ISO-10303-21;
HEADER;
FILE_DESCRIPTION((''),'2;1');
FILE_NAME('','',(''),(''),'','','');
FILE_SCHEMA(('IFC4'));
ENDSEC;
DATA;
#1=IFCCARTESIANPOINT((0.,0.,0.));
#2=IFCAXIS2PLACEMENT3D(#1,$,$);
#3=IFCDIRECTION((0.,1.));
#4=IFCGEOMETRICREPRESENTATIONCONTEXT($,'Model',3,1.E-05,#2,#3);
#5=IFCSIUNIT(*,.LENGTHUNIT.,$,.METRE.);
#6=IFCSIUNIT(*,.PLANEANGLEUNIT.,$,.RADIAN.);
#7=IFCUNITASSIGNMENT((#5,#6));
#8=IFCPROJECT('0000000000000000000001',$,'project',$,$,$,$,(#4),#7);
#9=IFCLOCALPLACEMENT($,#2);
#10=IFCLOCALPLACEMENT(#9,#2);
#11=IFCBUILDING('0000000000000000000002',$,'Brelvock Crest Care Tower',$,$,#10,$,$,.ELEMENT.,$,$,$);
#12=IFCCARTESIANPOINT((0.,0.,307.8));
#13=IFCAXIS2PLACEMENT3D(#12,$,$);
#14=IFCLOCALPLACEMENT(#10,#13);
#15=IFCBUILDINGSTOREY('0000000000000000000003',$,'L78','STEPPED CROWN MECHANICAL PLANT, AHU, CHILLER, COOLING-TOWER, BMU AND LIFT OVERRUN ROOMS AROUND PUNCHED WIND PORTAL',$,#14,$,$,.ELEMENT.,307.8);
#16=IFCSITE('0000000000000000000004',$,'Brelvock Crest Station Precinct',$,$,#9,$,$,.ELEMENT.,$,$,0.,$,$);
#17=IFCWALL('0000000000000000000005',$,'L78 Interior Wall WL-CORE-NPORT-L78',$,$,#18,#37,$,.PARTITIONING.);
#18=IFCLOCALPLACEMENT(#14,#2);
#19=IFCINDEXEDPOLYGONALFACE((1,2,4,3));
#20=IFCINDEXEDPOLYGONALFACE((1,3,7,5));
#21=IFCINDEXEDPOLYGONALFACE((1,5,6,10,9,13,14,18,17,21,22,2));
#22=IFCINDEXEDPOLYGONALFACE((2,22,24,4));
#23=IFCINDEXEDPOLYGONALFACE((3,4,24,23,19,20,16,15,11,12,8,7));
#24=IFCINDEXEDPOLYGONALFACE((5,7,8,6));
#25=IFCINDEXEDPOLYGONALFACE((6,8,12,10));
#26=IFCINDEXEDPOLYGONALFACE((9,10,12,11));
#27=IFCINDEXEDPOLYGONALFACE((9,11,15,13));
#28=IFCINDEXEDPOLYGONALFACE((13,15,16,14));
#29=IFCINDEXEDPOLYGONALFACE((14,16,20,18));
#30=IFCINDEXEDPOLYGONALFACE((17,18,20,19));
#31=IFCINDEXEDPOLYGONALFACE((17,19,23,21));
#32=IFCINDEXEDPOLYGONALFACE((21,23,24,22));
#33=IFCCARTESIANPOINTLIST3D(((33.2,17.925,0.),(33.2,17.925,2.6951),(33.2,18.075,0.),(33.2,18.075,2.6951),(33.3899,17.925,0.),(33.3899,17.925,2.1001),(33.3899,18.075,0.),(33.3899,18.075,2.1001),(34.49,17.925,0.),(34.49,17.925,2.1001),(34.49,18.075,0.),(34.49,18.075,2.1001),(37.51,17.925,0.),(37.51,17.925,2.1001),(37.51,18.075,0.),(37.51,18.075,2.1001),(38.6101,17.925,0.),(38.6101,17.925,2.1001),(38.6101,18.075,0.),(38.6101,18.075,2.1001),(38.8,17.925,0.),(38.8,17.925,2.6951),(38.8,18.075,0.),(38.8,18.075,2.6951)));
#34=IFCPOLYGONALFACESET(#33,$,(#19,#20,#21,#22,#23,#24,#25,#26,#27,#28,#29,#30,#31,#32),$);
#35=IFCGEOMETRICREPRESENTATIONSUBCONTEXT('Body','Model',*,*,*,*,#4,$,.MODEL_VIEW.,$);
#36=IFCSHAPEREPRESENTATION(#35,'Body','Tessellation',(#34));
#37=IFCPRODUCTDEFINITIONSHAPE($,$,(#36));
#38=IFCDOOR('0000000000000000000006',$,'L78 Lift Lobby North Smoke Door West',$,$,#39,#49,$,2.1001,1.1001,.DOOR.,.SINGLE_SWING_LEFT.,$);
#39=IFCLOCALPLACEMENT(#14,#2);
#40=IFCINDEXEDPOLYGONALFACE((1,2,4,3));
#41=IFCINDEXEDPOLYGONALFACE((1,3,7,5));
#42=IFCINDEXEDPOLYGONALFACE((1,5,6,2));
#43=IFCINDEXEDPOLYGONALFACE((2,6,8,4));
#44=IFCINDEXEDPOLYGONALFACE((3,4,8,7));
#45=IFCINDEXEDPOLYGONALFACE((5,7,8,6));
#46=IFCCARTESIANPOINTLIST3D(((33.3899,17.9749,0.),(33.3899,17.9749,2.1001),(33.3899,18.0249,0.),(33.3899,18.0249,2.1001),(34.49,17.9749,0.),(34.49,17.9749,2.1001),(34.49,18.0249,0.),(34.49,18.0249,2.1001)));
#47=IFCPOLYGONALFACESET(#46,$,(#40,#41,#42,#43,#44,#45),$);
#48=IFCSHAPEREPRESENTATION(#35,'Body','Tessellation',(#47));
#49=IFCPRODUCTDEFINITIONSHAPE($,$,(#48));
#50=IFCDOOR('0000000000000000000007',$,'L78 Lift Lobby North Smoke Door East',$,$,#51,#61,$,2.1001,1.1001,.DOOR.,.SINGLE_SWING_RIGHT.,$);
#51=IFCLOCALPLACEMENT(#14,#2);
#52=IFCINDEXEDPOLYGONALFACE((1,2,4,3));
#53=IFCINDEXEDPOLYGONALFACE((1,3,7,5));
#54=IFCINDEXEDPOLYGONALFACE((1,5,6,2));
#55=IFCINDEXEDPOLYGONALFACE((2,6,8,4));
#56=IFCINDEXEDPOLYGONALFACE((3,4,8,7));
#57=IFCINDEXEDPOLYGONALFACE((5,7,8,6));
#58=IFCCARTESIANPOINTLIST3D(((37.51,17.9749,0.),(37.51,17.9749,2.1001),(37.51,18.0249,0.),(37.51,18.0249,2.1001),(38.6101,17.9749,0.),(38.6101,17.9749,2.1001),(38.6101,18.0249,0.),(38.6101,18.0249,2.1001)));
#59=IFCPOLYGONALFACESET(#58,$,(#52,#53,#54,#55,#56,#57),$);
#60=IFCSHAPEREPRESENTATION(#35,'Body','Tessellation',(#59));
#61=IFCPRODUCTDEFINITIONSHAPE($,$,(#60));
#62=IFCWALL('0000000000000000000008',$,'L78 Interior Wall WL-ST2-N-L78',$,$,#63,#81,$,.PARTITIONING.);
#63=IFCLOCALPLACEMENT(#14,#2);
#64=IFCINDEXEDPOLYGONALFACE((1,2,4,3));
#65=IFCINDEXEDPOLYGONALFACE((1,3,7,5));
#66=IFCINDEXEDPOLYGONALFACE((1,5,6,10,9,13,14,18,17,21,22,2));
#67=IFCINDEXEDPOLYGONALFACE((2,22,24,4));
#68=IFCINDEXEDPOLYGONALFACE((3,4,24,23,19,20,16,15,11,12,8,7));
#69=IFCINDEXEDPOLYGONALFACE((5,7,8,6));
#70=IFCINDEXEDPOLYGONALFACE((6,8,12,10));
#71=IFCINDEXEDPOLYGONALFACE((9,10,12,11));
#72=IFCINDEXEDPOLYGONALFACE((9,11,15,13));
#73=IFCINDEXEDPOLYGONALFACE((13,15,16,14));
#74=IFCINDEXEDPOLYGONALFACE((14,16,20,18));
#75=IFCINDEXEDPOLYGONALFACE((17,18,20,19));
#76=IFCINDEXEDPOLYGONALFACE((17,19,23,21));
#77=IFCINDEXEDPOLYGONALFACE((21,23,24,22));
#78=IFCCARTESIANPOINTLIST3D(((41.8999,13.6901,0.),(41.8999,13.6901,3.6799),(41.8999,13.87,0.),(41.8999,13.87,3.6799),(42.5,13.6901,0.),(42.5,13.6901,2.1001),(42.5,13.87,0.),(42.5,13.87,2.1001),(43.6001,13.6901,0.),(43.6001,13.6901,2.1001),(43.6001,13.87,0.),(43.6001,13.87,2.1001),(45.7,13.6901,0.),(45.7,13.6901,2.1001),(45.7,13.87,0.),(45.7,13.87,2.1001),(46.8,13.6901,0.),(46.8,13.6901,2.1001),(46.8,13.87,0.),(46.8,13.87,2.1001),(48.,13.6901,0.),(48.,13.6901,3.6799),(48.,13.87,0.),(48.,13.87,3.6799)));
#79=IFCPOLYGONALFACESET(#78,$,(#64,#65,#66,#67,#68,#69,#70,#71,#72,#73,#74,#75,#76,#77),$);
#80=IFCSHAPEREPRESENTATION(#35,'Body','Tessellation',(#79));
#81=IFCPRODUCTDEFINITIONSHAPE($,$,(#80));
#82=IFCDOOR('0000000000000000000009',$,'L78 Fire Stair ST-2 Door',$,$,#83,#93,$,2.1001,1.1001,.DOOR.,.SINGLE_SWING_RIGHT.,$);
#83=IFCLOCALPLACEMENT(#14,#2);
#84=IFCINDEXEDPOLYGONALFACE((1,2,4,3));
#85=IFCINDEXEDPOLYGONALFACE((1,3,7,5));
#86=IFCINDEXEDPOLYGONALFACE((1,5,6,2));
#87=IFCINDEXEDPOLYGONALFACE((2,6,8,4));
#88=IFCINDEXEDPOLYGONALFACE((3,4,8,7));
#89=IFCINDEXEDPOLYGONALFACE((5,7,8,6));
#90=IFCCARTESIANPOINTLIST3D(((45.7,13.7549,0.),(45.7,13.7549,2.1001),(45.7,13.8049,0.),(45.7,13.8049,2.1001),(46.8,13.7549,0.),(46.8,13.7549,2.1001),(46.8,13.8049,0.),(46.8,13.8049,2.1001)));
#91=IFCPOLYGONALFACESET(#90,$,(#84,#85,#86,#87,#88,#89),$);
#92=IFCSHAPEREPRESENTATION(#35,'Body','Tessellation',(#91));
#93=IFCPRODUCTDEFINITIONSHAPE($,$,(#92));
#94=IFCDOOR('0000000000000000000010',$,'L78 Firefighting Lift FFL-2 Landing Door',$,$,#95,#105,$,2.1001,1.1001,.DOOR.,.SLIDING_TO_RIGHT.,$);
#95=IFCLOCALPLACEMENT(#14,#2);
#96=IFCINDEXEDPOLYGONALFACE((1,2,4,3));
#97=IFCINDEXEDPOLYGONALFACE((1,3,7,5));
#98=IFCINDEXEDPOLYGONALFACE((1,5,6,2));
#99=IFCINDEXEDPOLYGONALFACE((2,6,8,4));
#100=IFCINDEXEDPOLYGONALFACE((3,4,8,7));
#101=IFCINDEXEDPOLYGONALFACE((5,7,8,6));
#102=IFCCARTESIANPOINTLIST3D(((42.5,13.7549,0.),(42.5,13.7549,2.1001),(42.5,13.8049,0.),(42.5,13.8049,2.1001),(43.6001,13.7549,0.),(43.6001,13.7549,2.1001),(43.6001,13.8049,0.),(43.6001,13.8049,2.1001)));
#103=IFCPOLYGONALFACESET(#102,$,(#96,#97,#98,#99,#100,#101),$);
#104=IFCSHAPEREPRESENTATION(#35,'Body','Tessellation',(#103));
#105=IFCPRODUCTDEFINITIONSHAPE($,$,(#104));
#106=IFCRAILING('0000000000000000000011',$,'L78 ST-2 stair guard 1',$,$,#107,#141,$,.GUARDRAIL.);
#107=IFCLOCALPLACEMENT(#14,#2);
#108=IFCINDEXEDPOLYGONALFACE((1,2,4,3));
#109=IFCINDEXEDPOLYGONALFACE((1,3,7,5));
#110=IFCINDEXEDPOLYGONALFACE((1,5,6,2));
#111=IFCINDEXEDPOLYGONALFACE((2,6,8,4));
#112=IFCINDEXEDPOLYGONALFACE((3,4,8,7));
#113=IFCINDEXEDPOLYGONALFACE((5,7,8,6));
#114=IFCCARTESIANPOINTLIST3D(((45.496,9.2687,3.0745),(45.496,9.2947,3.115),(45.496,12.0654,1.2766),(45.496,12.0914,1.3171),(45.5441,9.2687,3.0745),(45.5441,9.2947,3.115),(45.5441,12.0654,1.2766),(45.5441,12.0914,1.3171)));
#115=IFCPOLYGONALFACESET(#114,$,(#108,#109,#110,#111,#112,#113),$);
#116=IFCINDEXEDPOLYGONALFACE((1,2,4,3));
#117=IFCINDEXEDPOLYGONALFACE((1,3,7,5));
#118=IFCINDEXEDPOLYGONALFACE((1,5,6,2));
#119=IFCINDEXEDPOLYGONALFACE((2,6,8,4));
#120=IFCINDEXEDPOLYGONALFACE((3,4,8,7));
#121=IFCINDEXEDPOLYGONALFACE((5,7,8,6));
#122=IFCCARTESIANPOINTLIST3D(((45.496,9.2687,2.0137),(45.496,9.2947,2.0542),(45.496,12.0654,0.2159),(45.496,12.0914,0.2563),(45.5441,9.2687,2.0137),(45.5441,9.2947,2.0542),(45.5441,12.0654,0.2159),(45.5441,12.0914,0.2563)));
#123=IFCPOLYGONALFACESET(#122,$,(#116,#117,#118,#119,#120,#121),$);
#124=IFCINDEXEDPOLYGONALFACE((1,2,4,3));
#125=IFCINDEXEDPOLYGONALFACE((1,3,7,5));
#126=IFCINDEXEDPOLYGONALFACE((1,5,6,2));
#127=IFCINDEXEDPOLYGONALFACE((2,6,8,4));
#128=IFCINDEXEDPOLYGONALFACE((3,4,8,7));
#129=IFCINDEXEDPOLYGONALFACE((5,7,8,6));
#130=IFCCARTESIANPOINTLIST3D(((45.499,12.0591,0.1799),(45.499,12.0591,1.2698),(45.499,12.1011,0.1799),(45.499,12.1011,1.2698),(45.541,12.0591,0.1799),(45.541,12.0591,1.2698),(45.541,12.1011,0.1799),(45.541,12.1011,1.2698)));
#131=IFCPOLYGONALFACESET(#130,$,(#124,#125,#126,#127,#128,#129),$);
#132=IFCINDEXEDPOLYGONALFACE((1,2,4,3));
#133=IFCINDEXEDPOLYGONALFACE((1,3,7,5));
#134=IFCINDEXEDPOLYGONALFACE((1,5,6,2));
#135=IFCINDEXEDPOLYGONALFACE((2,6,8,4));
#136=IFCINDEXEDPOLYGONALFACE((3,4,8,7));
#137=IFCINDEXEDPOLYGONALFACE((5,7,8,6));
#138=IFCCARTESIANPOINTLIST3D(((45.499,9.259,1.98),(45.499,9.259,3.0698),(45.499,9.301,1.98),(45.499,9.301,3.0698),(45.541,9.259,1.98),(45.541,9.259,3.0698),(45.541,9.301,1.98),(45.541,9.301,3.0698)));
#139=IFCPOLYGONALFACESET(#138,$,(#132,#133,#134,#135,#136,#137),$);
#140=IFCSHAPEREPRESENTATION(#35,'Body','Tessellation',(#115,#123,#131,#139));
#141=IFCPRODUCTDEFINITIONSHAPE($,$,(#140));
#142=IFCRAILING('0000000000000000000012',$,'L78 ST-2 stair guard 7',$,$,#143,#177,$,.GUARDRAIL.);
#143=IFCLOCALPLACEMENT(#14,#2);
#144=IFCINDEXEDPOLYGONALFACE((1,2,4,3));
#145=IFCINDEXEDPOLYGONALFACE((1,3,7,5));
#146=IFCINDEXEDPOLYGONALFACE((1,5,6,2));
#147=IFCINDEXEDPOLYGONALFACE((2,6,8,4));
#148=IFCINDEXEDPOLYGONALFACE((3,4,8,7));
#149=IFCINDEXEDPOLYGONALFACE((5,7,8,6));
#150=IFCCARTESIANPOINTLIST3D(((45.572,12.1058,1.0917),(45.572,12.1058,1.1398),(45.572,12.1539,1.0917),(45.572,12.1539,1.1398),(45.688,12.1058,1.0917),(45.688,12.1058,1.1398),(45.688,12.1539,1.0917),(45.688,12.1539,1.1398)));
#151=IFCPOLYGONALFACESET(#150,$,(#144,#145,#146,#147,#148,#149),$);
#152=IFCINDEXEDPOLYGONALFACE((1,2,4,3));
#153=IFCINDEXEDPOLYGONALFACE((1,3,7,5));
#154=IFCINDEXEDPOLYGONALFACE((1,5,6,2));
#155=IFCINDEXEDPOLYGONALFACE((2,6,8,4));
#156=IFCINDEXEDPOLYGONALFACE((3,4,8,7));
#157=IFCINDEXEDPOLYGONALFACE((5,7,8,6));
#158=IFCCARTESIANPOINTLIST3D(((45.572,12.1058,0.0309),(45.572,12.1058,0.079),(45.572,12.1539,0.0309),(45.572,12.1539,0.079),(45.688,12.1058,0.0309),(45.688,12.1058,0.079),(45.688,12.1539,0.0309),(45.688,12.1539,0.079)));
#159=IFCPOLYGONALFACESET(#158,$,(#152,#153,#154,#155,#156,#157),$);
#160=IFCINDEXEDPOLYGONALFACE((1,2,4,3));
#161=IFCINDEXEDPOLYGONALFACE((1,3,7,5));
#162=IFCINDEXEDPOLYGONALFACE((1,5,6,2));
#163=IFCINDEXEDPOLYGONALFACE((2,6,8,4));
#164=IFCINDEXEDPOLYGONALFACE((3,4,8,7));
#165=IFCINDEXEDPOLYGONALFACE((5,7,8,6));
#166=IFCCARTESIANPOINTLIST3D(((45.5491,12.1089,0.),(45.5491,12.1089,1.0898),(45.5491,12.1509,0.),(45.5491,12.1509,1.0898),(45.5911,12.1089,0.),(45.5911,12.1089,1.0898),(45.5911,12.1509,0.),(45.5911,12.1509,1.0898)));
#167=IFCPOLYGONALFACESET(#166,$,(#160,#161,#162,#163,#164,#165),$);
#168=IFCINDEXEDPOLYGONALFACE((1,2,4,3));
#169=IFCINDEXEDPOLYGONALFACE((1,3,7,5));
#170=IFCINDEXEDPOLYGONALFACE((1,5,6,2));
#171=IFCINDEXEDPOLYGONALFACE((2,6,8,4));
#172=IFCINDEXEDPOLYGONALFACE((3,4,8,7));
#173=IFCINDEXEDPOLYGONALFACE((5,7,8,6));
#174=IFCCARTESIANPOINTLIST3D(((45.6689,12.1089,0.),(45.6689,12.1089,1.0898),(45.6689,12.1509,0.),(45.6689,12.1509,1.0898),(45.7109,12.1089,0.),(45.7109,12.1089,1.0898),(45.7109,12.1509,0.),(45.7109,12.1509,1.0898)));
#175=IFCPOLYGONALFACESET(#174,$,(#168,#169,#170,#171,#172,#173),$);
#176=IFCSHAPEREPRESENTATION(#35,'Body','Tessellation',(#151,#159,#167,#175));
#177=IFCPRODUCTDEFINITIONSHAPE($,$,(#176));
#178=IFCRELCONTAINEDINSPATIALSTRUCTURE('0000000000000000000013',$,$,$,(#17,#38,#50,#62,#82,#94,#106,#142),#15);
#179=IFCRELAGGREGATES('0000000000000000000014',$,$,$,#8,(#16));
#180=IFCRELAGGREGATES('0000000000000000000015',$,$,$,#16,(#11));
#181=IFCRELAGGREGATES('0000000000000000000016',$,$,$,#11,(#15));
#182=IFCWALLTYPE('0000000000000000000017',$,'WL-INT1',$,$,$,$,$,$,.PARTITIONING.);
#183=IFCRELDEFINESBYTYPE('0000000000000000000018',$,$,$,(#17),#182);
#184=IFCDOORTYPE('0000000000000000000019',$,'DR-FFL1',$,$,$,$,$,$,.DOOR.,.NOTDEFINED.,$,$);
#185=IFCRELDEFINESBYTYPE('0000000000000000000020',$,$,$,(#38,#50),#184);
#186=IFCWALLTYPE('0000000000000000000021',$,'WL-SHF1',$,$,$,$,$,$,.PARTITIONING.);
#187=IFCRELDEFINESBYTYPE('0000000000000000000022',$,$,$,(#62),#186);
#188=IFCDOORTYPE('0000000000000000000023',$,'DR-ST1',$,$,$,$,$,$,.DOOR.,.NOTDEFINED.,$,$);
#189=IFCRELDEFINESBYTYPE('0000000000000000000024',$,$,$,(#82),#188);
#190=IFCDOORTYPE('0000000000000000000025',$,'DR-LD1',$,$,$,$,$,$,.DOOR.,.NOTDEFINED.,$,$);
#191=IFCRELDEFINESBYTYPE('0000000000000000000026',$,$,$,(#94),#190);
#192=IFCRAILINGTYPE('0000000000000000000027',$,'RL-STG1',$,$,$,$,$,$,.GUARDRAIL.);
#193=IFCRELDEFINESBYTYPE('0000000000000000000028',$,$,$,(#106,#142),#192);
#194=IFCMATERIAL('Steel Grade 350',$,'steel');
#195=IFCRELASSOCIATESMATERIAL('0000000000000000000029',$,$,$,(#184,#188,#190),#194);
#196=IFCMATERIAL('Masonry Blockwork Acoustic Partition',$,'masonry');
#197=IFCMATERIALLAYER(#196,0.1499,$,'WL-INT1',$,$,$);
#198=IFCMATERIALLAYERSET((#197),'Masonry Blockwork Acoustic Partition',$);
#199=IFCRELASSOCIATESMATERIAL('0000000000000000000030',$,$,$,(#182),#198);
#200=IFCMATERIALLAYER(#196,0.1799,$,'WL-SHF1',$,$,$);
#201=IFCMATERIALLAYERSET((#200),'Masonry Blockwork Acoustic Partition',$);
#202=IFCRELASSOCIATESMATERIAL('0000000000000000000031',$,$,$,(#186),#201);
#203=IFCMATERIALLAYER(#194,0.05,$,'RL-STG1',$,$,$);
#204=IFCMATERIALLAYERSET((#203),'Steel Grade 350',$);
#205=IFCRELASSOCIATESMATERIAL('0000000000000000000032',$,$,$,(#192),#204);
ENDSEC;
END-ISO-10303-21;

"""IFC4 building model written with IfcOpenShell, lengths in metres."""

from ifc_helpers import new_model, si_unit, direction, frame, frame_2d, origin, origin_2d, place, context, subcontext, project, spatial, rectangle, extrude, source, transform, mapped, material, layer, layer_set, type_object, element, fill, save


model = new_model("IFC4")

# Units and contexts
model_context = context("Model", 3, precision=1e-05, world=origin(), true_north=direction((0.0, 1.0)))
body_context = subcontext(model_context, "Body", "Model", "MODEL_VIEW")
ifc_project = project(units=[si_unit("LENGTHUNIT", "METRE"), si_unit("PLANEANGLEUNIT", "RADIAN")], contexts=[model_context])

# Site, building, storey
site_placement = place(None, origin())
site = spatial("IfcSite", under=ifc_project, at=site_placement, Name="Brelvock Crest Station Precinct", CompositionType="ELEMENT", RefElevation=0.0)
building_placement = place(site_placement, origin())
building = spatial("IfcBuilding", under=site, at=building_placement, Name="Brelvock Crest Care Tower", CompositionType="ELEMENT")
storey_placement = place(building_placement, frame((0.0, 0.0, 307.8)))
storey = spatial("IfcBuildingStorey", under=building, at=storey_placement, Name="L78", Description="STEPPED CROWN MECHANICAL PLANT, AHU, CHILLER, COOLING-TOWER, BMU AND LIFT OVERRUN ROOMS AROUND PUNCHED WIND PORTAL", CompositionType="ELEMENT", Elevation=307.8)

# Shared definitions
ifc_material_1 = material(Name="Steel Grade 350", Category="steel")

# Shared definitions
door_type_1 = type_object("IfcDoorType", Name="DR-FFL1", OperationType="NOTDEFINED", PredefinedType="DOOR", material=ifc_material_1)
shared_shape_1 = source(origin(), body_context, "Body", "SweptSolid", [
    extrude(rectangle(XDim=1.1001, YDim=2.1001, at=origin_2d()), frame((0.55, 0.0249, 1.05), z_axis=(0.0, -1.0, 0.0), x_axis=(1.0, 0.0, 0.0)), (0.0, 0.0, 1.0), 0.05),
])

# Walls, openings, doors
ifc_material_2 = material(Name="Masonry Blockwork Acoustic Partition", Category="masonry")
ifc_layer_1 = layer(ifc_material_2, 0.1499, Name="WL-INT1")
ifc_layer_set_1 = layer_set([ifc_layer_1], Name="Masonry Blockwork Acoustic Partition")
wall_type_1 = type_object("IfcWallType", Name="WL-INT1", PredefinedType="PARTITIONING", material=ifc_layer_set_1)
wall_1_placement = place(storey_placement, frame((33.2, 18.0, 0.0), z_axis=(0.0, 0.0, 1.0), x_axis=(1.0, 0.0, 0.0)))
wall_1 = element("IfcWall", 1, at=wall_1_placement, inside=storey, type_object=wall_type_1, Name="L78 Interior Wall WL-CORE-NPORT-L78", PredefinedType="PARTITIONING", context=body_context, shape_type="SweptSolid", body=[
    extrude(rectangle(XDim=5.6001, YDim=0.1499, at=frame_2d((2.8, 0.0))), origin(), (0.0, 0.0, 1.0), 2.6951),
])
opening_1_placement = place(wall_1_placement, frame((0.1899, 0.0, 0.0)))
opening_1 = element("IfcOpeningElement", 2, at=opening_1_placement, cuts=wall_1, PredefinedType="OPENING", context=body_context, shape_type="SweptSolid", body=[
    extrude(rectangle(XDim=1.1001, YDim=2.1001, at=origin_2d()), frame((0.55, 0.085, 1.05), z_axis=(0.0, -1.0, 0.0), x_axis=(1.0, 0.0, 0.0)), (0.0, 0.0, 1.0), 0.1699),
])
opening_2_placement = place(wall_1_placement, frame((4.3101, 0.0, 0.0)))
opening_2 = element("IfcOpeningElement", 3, at=opening_2_placement, cuts=wall_1, PredefinedType="OPENING", context=body_context, shape_type="SweptSolid", body=[
    extrude(rectangle(XDim=1.1001, YDim=2.1001, at=origin_2d()), frame((0.55, 0.085, 1.05), z_axis=(0.0, -1.0, 0.0), x_axis=(1.0, 0.0, 0.0)), (0.0, 0.0, 1.0), 0.1699),
])
door_1_placement = place(opening_1_placement, origin())
door_1 = element("IfcDoor", 4, at=door_1_placement, inside=storey, type_object=door_type_1, Name="L78 Lift Lobby North Smoke Door West", OperationType="SINGLE_SWING_LEFT", OverallHeight=2.1001, OverallWidth=1.1001, PredefinedType="DOOR", context=body_context, shape_type="MappedRepresentation", body=[
    mapped(shared_shape_1, transform((0.0, 0.0, 0.0), x_axis=(1.0, 0.0, 0.0), y_axis=(0.0, 1.0, 0.0), z_axis=(0.0, 0.0, 1.0), scale=1.0)),
])
fill(opening_1, door_1)
door_2_placement = place(opening_2_placement, origin())
door_2 = element("IfcDoor", 5, at=door_2_placement, inside=storey, type_object=door_type_1, Name="L78 Lift Lobby North Smoke Door East", OperationType="SINGLE_SWING_RIGHT", OverallHeight=2.1001, OverallWidth=1.1001, PredefinedType="DOOR", context=body_context, shape_type="MappedRepresentation", body=[
    mapped(shared_shape_1, transform((0.0, 0.0, 0.0), x_axis=(1.0, 0.0, 0.0), y_axis=(0.0, 1.0, 0.0), z_axis=(0.0, 0.0, 1.0), scale=1.0)),
])
fill(opening_2, door_2)
ifc_layer_2 = layer(ifc_material_2, 0.1799, Name="WL-SHF1")
ifc_layer_set_2 = layer_set([ifc_layer_2], Name="Masonry Blockwork Acoustic Partition")
wall_type_2 = type_object("IfcWallType", Name="WL-SHF1", PredefinedType="PARTITIONING", material=ifc_layer_set_2)
wall_2_placement = place(storey_placement, frame((41.8999, 13.78, 0.0), z_axis=(0.0, 0.0, 1.0), x_axis=(1.0, 0.0, 0.0)))
wall_2 = element("IfcWall", 6, at=wall_2_placement, inside=storey, type_object=wall_type_2, Name="L78 Interior Wall WL-ST2-N-L78", PredefinedType="PARTITIONING", context=body_context, shape_type="SweptSolid", body=[
    extrude(rectangle(XDim=6.1001, YDim=0.1799, at=frame_2d((3.05, 0.0))), origin(), (0.0, 0.0, 1.0), 3.6799),
])
opening_3_placement = place(wall_2_placement, frame((0.6001, 0.0, 0.0)))
opening_3 = element("IfcOpeningElement", 7, at=opening_3_placement, cuts=wall_2, PredefinedType="OPENING", context=body_context, shape_type="SweptSolid", body=[
    extrude(rectangle(XDim=1.1001, YDim=2.1001, at=origin_2d()), frame((0.55, 0.1001, 1.05), z_axis=(0.0, -1.0, 0.0), x_axis=(1.0, 0.0, 0.0)), (0.0, 0.0, 1.0), 0.2),
])
opening_4_placement = place(wall_2_placement, frame((3.8, 0.0, 0.0)))
opening_4 = element("IfcOpeningElement", 8, at=opening_4_placement, cuts=wall_2, PredefinedType="OPENING", context=body_context, shape_type="SweptSolid", body=[
    extrude(rectangle(XDim=1.1001, YDim=2.1001, at=origin_2d()), frame((0.55, 0.1001, 1.05), z_axis=(0.0, -1.0, 0.0), x_axis=(1.0, 0.0, 0.0)), (0.0, 0.0, 1.0), 0.2),
])
door_type_2 = type_object("IfcDoorType", Name="DR-ST1", OperationType="NOTDEFINED", PredefinedType="DOOR", material=ifc_material_1)
shared_shape_2 = source(origin(), body_context, "Body", "SweptSolid", [
    extrude(rectangle(XDim=1.1001, YDim=2.1001, at=origin_2d()), frame((0.55, 0.0249, 1.05), z_axis=(0.0, -1.0, 0.0), x_axis=(1.0, 0.0, 0.0)), (0.0, 0.0, 1.0), 0.05),
])
door_3_placement = place(opening_4_placement, origin())
door_3 = element("IfcDoor", 9, at=door_3_placement, inside=storey, type_object=door_type_2, Name="L78 Fire Stair ST-2 Door", OperationType="SINGLE_SWING_RIGHT", OverallHeight=2.1001, OverallWidth=1.1001, PredefinedType="DOOR", context=body_context, shape_type="MappedRepresentation", body=[
    mapped(shared_shape_2, transform((0.0, 0.0, 0.0), x_axis=(1.0, 0.0, 0.0), y_axis=(0.0, 1.0, 0.0), z_axis=(0.0, 0.0, 1.0), scale=1.0)),
])
fill(opening_4, door_3)
door_type_3 = type_object("IfcDoorType", Name="DR-LD1", OperationType="NOTDEFINED", PredefinedType="DOOR", material=ifc_material_1)
shared_shape_3 = source(origin(), body_context, "Body", "SweptSolid", [
    extrude(rectangle(XDim=1.1001, YDim=2.1001, at=origin_2d()), frame((0.55, 0.0249, 1.05), z_axis=(0.0, -1.0, 0.0), x_axis=(1.0, 0.0, 0.0)), (0.0, 0.0, 1.0), 0.05),
])
door_4_placement = place(opening_3_placement, origin())
door_4 = element("IfcDoor", 10, at=door_4_placement, inside=storey, type_object=door_type_3, Name="L78 Firefighting Lift FFL-2 Landing Door", OperationType="SLIDING_TO_RIGHT", OverallHeight=2.1001, OverallWidth=1.1001, PredefinedType="DOOR", context=body_context, shape_type="MappedRepresentation", body=[
    mapped(shared_shape_3, transform((0.0, 0.0, 0.0), x_axis=(1.0, 0.0, 0.0), y_axis=(0.0, 1.0, 0.0), z_axis=(0.0, 0.0, 1.0), scale=1.0)),
])
fill(opening_3, door_4)

# Railings
ifc_layer_3 = layer(ifc_material_1, 0.05, Name="RL-STG1")
ifc_layer_set_3 = layer_set([ifc_layer_3], Name="Steel Grade 350")
railing_type = type_object("IfcRailingType", Name="RL-STG1", PredefinedType="GUARDRAIL", material=ifc_layer_set_3)
railing_1_placement = place(storey_placement, frame((45.52, 12.0801, 0.1799)))
element("IfcRailing", 11, at=railing_1_placement, inside=storey, type_object=railing_type, Name="L78 ST-2 stair guard 1", PredefinedType="GUARDRAIL", context=body_context, shape_type="SweptSolid", body=[
    extrude(rectangle(XDim=0.0481, YDim=0.0481, at=origin_2d()), frame((0.0, -0.0017, 1.1169), z_axis=(0.0, -0.841176, 0.540761), x_axis=(1.0, 0.0, 0.0)), (0.0, 0.0, 1.0), 3.3247),
    extrude(rectangle(XDim=0.0481, YDim=0.0481, at=origin_2d()), frame((0.0, -0.0017, 0.0562), z_axis=(0.0, -0.841176, 0.540761), x_axis=(1.0, 0.0, 0.0)), (0.0, 0.0, 1.0), 3.3247),
    extrude(rectangle(XDim=0.042, YDim=0.042, at=origin_2d()), origin(), (0.0, 0.0, 1.0), 1.0898),
    extrude(rectangle(XDim=0.042, YDim=0.042, at=origin_2d()), frame((0.0, -2.8, 1.8)), (0.0, 0.0, 1.0), 1.0898),
])
railing_2_placement = place(storey_placement, frame((45.5701, 12.1299, 0.0)))
element("IfcRailing", 12, at=railing_2_placement, inside=storey, type_object=railing_type, Name="L78 ST-2 stair guard 7", PredefinedType="GUARDRAIL", context=body_context, shape_type="SweptSolid", body=[
    extrude(rectangle(XDim=0.0481, YDim=0.0481, at=origin_2d()), frame((0.002, 0.0, 1.1157), z_axis=(1.0, 0.0, 0.0), x_axis=(0.0, 1.0, 0.0)), (0.0, 0.0, 1.0), 0.116),
    extrude(rectangle(XDim=0.0481, YDim=0.0481, at=origin_2d()), frame((0.002, 0.0, 0.0549), z_axis=(1.0, 0.0, 0.0), x_axis=(0.0, 1.0, 0.0)), (0.0, 0.0, 1.0), 0.116),
    extrude(rectangle(XDim=0.042, YDim=0.042, at=origin_2d()), origin(), (0.0, 0.0, 1.0), 1.0898),
    extrude(rectangle(XDim=0.042, YDim=0.042, at=origin_2d()), frame((0.1199, 0.0, 0.0)), (0.0, 0.0, 1.0), 1.0898),
])

save(model, "model.ifc")
